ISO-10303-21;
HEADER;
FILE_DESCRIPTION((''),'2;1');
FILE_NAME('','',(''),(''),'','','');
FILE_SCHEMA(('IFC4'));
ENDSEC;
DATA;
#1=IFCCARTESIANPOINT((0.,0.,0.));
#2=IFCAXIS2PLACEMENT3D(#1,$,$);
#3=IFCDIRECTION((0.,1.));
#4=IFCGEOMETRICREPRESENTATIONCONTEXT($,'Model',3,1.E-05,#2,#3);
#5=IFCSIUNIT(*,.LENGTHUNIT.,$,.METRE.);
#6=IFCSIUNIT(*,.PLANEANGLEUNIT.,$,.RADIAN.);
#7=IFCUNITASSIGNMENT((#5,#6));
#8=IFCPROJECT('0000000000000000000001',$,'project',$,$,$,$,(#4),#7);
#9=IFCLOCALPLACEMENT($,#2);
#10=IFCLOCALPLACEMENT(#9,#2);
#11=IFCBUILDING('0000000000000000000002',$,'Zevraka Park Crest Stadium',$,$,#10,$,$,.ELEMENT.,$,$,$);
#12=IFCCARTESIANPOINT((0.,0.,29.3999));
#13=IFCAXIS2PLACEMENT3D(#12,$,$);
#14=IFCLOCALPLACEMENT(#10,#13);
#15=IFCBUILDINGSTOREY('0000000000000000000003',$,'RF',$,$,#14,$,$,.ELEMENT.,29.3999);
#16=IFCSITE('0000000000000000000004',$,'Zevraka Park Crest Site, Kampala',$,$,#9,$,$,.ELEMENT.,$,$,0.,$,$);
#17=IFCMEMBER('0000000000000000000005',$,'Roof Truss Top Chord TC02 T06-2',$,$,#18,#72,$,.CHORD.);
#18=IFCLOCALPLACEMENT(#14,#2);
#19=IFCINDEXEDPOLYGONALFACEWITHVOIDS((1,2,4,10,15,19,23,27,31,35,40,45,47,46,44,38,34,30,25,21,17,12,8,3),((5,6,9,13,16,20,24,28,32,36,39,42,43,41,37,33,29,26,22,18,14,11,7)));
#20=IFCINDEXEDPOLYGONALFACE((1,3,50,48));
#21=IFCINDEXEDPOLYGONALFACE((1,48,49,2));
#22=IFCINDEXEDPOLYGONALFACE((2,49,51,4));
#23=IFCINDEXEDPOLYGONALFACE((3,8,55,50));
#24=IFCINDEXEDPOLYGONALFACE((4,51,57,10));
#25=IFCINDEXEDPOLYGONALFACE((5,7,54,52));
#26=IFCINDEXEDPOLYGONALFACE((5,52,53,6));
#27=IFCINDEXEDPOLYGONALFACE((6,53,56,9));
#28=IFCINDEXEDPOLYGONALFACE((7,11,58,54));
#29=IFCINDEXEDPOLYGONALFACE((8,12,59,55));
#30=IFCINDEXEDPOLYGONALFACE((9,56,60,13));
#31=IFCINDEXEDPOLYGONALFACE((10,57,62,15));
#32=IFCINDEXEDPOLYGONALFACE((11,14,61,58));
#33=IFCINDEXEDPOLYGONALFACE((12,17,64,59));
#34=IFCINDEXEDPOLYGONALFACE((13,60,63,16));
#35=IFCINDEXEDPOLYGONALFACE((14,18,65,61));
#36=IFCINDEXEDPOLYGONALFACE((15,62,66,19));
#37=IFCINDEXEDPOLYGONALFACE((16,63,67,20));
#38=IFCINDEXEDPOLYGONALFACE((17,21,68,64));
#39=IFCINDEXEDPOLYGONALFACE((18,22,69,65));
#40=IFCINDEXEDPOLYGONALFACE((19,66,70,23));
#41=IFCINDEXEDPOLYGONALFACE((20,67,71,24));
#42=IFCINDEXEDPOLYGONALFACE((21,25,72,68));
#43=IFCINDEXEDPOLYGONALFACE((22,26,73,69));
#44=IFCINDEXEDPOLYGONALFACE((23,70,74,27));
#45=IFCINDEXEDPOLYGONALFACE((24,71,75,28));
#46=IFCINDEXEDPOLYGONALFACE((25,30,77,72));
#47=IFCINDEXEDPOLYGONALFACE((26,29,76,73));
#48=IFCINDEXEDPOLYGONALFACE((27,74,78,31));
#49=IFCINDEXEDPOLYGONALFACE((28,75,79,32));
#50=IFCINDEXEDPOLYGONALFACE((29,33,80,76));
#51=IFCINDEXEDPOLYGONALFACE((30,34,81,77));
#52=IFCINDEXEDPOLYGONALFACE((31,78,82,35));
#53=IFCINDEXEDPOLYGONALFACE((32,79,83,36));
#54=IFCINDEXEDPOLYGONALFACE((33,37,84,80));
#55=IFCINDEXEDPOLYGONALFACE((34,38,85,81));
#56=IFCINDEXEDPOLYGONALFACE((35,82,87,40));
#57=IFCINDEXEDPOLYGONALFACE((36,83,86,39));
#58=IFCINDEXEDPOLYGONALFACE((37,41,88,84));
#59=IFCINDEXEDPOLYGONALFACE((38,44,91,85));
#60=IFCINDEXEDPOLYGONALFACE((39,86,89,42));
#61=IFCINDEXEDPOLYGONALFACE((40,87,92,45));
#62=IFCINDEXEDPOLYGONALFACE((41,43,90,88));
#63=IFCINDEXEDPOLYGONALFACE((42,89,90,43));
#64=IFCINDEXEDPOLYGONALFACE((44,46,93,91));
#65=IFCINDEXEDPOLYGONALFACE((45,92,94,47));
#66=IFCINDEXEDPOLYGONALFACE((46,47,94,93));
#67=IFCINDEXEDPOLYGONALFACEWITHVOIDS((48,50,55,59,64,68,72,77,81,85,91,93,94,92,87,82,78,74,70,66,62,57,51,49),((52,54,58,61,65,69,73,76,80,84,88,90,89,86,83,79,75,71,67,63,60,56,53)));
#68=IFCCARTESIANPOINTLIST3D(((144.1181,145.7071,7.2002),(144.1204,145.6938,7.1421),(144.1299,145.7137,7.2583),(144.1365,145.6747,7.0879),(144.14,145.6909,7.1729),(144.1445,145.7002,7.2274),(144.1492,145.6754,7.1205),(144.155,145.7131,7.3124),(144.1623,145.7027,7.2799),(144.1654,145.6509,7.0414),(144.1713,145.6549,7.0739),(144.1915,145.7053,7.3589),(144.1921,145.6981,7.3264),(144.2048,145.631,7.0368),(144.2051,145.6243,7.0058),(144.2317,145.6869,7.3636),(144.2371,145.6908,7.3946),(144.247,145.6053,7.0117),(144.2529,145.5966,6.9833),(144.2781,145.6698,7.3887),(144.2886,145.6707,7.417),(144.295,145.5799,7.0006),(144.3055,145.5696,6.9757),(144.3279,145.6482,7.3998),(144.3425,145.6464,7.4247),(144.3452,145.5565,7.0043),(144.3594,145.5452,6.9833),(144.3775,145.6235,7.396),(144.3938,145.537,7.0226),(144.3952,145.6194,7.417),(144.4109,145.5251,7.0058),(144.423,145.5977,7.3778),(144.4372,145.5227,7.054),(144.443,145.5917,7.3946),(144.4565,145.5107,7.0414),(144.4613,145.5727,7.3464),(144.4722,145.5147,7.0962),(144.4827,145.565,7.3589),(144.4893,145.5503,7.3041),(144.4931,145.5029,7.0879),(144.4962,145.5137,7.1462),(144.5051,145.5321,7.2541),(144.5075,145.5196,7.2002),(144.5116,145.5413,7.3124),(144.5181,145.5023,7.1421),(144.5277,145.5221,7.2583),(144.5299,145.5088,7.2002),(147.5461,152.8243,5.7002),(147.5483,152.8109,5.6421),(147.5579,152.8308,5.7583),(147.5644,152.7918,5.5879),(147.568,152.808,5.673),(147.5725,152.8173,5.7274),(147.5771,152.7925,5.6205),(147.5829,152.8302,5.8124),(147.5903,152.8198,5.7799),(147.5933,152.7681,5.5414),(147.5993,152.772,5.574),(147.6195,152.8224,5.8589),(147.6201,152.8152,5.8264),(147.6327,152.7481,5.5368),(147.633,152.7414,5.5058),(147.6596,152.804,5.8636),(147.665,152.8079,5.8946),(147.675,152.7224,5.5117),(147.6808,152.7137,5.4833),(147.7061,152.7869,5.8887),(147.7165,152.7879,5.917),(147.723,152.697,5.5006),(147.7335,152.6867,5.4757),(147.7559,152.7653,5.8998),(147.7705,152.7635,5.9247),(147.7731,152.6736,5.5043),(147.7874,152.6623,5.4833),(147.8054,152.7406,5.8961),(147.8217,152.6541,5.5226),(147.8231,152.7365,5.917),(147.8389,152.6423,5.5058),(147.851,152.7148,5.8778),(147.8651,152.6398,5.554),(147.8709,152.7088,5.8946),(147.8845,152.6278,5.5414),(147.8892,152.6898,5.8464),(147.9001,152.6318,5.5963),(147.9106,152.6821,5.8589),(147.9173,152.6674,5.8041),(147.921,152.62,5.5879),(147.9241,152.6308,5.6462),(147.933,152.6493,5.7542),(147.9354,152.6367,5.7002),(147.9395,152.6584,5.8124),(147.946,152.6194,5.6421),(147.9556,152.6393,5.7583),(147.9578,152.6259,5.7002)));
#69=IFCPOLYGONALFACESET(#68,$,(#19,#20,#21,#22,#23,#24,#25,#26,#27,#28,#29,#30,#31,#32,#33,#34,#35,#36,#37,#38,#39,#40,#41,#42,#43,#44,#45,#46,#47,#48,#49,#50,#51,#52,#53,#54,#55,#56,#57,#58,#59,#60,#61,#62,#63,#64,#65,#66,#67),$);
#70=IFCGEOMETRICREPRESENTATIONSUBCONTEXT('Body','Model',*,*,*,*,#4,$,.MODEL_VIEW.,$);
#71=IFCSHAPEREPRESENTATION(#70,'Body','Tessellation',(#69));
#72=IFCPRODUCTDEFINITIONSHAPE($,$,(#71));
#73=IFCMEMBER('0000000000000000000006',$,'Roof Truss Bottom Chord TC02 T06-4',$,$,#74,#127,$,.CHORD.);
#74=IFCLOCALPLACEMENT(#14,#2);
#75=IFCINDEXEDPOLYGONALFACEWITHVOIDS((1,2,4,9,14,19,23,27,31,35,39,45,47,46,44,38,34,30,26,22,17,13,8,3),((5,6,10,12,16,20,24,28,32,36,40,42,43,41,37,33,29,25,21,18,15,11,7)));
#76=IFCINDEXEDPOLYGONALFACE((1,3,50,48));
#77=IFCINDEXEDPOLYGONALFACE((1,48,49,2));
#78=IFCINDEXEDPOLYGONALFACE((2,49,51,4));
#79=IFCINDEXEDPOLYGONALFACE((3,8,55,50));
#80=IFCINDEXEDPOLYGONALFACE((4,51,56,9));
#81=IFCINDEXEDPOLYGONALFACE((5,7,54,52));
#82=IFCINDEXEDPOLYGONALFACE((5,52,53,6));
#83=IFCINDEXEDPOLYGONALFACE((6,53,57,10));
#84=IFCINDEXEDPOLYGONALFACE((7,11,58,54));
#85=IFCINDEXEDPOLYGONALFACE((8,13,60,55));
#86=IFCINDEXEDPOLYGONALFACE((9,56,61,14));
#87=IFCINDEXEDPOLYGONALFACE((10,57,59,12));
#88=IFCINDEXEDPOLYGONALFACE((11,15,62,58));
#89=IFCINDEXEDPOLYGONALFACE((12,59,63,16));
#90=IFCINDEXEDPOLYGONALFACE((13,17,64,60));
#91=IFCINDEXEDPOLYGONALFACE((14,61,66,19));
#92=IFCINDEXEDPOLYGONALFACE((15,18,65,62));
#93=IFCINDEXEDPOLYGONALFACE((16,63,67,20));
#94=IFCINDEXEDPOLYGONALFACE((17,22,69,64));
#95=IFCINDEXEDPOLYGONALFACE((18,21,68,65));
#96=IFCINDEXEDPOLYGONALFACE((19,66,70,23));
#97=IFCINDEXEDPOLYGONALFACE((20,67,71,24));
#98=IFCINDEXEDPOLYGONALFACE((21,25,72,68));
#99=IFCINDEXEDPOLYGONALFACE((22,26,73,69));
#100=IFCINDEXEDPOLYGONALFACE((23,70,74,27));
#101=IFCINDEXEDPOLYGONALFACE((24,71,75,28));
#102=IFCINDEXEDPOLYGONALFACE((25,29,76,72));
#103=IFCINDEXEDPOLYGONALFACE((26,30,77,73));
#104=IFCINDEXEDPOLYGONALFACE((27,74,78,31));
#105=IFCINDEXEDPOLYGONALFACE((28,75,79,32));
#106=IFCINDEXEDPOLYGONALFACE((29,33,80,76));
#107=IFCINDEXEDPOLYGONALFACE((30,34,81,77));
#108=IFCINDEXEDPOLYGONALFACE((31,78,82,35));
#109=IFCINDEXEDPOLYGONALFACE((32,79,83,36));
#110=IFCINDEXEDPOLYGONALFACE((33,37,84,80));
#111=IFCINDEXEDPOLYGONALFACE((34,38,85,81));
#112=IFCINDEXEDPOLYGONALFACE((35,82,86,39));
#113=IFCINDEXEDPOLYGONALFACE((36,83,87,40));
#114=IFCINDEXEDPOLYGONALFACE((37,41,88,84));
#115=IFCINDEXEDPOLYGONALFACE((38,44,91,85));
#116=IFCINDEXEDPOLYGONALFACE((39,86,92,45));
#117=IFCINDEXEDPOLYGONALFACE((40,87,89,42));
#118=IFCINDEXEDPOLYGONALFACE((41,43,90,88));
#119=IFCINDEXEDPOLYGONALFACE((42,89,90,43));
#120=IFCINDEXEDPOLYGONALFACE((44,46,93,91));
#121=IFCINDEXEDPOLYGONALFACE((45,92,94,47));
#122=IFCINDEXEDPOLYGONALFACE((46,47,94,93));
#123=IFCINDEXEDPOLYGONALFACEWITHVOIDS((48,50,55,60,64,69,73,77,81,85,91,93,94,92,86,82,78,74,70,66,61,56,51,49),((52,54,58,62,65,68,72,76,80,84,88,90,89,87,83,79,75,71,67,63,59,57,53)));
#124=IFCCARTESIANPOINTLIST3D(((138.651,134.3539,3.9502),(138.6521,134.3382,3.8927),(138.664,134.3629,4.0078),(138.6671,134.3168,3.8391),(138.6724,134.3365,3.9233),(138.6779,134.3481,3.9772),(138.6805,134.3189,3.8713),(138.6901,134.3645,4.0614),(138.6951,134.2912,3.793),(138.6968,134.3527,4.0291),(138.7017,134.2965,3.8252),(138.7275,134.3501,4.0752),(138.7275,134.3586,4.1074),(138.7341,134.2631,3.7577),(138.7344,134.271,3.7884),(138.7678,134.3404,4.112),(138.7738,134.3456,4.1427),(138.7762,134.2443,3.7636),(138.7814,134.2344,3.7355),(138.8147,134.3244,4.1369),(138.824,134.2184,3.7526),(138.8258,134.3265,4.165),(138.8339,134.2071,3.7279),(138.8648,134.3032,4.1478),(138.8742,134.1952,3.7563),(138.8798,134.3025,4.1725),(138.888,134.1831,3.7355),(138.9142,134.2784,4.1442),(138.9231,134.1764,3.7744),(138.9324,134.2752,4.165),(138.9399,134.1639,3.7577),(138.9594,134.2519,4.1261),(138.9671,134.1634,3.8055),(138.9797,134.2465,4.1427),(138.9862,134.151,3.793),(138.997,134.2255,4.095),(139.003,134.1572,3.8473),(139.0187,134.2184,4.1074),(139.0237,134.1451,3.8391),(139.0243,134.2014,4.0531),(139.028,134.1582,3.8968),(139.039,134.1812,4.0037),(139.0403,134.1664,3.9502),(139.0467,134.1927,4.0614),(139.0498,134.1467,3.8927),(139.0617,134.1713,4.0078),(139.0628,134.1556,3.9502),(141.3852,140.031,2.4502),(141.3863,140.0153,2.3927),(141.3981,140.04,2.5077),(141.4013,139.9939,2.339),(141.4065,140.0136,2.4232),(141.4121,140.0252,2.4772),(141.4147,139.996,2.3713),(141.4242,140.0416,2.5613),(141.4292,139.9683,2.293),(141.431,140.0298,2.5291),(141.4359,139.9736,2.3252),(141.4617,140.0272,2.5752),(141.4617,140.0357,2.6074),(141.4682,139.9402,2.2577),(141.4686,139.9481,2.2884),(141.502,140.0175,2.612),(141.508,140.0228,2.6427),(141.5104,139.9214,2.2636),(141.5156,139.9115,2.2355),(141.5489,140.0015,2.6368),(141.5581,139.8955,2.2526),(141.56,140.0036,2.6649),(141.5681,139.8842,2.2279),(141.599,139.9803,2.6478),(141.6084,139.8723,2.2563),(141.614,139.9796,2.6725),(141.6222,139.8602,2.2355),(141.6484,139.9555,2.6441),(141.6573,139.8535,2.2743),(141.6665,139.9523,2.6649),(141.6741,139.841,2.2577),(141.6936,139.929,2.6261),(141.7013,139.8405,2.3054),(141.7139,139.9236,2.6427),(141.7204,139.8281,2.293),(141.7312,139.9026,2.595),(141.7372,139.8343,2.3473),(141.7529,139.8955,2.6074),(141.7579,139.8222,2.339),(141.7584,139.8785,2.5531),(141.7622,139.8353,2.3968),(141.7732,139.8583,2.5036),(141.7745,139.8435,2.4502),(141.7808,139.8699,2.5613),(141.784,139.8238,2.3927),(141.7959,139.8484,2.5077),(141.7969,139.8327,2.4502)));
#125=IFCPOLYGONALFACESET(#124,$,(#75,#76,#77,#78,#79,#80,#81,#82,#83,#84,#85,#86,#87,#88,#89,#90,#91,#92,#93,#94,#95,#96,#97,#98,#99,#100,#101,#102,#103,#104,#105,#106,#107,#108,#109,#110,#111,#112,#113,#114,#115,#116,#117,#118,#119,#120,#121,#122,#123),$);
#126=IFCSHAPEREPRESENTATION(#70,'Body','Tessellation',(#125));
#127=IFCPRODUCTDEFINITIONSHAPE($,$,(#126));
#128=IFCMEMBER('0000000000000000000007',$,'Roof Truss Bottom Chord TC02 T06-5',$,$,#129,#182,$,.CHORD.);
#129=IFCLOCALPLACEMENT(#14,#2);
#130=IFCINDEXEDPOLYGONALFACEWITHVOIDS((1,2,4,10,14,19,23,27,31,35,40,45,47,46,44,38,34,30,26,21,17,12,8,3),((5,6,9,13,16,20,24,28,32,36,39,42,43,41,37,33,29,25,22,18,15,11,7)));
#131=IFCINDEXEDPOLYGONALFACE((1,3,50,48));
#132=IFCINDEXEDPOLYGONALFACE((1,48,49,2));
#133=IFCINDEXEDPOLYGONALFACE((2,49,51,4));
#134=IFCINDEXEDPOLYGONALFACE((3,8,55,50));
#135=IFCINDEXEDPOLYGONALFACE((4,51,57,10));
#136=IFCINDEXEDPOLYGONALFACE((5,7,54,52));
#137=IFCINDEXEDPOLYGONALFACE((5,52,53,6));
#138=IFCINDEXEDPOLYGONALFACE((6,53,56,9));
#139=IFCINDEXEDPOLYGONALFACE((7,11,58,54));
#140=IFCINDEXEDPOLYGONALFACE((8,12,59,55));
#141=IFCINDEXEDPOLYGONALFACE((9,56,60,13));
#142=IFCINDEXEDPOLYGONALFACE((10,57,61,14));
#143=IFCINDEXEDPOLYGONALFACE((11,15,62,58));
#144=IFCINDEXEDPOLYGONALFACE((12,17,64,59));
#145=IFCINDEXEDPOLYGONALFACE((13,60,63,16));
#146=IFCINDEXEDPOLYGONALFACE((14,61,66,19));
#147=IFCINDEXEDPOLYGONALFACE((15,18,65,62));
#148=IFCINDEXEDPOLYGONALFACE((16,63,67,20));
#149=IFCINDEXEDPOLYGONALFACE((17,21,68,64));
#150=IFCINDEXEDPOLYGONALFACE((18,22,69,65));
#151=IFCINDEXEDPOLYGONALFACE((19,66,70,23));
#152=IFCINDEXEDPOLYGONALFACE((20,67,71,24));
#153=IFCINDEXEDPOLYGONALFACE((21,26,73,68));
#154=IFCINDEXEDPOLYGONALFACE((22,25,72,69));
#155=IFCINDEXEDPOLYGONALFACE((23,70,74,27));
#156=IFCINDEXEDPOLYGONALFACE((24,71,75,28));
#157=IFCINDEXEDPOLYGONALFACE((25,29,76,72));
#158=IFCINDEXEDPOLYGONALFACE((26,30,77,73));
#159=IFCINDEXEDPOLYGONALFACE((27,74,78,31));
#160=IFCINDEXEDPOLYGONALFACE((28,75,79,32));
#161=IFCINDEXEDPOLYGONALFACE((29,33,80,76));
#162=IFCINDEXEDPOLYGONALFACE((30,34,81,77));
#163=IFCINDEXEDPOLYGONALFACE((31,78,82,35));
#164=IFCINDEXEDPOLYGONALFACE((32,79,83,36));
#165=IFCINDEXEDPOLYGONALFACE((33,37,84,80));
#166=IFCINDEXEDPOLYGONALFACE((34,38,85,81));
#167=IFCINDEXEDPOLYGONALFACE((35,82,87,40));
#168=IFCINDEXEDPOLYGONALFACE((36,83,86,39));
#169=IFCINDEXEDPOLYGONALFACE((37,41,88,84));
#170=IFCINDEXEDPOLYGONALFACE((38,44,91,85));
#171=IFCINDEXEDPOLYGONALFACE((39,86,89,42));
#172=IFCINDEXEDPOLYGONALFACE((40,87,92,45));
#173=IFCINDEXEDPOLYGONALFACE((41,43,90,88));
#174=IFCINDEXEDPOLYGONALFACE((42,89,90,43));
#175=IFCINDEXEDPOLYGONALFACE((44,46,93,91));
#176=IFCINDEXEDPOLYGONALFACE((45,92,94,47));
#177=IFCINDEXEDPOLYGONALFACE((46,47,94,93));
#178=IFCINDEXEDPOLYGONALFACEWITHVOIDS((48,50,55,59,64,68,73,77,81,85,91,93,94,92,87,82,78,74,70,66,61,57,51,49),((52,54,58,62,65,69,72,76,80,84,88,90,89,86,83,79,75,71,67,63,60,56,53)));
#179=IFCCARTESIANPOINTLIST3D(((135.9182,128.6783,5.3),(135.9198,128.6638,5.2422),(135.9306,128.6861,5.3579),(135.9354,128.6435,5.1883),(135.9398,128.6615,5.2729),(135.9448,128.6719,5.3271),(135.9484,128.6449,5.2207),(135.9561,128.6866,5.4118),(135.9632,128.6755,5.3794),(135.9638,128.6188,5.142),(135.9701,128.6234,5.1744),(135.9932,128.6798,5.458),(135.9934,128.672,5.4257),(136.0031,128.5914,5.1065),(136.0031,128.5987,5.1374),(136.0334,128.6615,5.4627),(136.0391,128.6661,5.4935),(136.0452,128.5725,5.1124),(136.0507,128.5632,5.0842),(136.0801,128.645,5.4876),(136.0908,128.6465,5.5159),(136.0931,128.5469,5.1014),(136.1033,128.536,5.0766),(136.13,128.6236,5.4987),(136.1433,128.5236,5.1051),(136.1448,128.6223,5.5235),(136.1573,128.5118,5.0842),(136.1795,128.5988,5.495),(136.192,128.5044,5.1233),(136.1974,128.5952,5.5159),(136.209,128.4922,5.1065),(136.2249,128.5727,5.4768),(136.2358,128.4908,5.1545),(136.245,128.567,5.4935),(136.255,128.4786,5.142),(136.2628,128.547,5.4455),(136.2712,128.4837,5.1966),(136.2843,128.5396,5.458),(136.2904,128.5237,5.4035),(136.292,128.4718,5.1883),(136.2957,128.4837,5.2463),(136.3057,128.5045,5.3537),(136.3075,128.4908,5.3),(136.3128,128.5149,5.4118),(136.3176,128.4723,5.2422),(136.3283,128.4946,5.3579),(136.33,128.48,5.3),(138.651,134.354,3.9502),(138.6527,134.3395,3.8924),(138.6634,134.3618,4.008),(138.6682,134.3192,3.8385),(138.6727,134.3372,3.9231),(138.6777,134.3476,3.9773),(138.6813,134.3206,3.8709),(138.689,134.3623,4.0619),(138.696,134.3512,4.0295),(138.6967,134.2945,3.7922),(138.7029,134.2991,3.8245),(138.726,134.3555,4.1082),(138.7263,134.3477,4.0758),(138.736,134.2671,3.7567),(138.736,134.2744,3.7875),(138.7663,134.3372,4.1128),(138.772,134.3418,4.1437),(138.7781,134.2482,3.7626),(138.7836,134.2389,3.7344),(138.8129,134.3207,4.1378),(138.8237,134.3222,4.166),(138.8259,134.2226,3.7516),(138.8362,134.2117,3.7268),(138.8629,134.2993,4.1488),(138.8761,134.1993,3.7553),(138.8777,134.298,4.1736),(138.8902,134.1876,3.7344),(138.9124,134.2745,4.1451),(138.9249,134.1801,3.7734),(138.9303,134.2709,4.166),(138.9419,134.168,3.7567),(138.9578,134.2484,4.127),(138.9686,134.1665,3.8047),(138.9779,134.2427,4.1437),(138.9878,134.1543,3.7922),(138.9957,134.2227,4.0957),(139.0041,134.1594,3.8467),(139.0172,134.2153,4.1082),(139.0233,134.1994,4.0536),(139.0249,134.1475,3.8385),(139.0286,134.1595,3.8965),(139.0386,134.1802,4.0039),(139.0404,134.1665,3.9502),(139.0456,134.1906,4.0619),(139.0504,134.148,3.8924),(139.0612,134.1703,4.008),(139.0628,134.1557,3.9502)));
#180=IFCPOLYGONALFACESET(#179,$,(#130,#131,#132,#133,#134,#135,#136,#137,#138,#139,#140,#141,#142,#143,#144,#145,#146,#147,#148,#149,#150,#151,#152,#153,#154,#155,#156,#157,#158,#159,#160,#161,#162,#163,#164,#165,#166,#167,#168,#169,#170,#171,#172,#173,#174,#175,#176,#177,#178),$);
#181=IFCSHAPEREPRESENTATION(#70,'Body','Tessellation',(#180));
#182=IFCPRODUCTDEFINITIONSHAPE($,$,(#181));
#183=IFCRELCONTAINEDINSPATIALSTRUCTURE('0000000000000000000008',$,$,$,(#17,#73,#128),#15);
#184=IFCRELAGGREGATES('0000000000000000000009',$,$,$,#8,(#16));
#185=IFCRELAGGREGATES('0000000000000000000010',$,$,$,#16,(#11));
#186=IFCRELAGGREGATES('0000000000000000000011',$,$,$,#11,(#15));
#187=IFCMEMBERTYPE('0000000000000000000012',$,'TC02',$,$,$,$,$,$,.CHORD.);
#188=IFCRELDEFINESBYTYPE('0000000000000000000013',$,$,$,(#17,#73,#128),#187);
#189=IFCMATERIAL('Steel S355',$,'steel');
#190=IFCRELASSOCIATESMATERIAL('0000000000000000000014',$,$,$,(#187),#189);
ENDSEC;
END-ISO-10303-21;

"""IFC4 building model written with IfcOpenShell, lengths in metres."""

from ifc_helpers import new_model, si_unit, direction, frame, origin, origin_2d, place, context, subcontext, project, spatial, hollow_circle, extrude, material, material_profile, profile_set, type_object, element, save


model = new_model("IFC4")

# Units and contexts
model_context = context("Model", 3, precision=1e-05, world=origin(), true_north=direction((0.0, 1.0)))
body_context = subcontext(model_context, "Body", "Model", "MODEL_VIEW")
ifc_project = project(units=[si_unit("LENGTHUNIT", "METRE"), si_unit("PLANEANGLEUNIT", "RADIAN")], contexts=[model_context])

# Site, building, storey
site_placement = place(None, origin())
site = spatial("IfcSite", under=ifc_project, at=site_placement, Name="Zevraka Park Crest Site, Kampala", CompositionType="ELEMENT", RefElevation=0.0)
building_placement = place(site_placement, origin())
building = spatial("IfcBuilding", under=site, at=building_placement, Name="Zevraka Park Crest Stadium", CompositionType="ELEMENT")
storey_placement = place(building_placement, frame((0.0, 0.0, 29.3999)))
storey = spatial("IfcBuildingStorey", under=building, at=storey_placement, Name="RF", CompositionType="ELEMENT", Elevation=29.3999)

# Members
ifc_material_1 = material(Name="Steel S355", Category="steel")
ifc_material_profile_1 = material_profile(ifc_material_1, hollow_circle(Radius=0.2285, WallThickness=0.0249, at=origin_2d()), Name="CHS 457.0x25")
ifc_profile_set_1 = profile_set([ifc_material_profile_1], Name="Steel S355")
member_type_1 = type_object("IfcMemberType", Name="TC02", PredefinedType="CHORD", material=ifc_profile_set_1)
member_1_placement = place(storey_placement, frame((147.752, 152.7251, 5.7002), z_axis=(-0.42632, -0.885128, 0.186547), x_axis=(0.900943, -0.433937, 0.0)))
element("IfcMember", 1, at=member_1_placement, inside=storey, type_object=member_type_1, Name="Roof Truss Top Chord TC02 T06-2", PredefinedType="CHORD", context=body_context, shape_type="SweptSolid", body=[
    extrude(hollow_circle(Radius=0.2285, WallThickness=0.0249, at=origin_2d()), origin(), (0.0, 0.0, 1.0), 8.0408),
])
member_2_placement = place(storey_placement, frame((141.5911, 139.9319, 2.4502), z_axis=(-0.422118, -0.876462, 0.231582), x_axis=(0.900955, -0.433913, 0.0)))
element("IfcMember", 2, at=member_2_placement, inside=storey, type_object=member_type_1, Name="Roof Truss Bottom Chord TC02 T06-4", PredefinedType="CHORD", context=body_context, shape_type="SweptSolid", body=[
    extrude(hollow_circle(Radius=0.2285, WallThickness=0.0249, at=origin_2d()), origin(), (0.0, 0.0, 1.0), 6.4773),
])
member_3_placement = place(storey_placement, frame((138.8569, 134.2549, 3.9502), z_axis=(-0.424202, -0.880995, 0.209524), x_axis=(0.900994, -0.433832, 0.0)))
element("IfcMember", 3, at=member_3_placement, inside=storey, type_object=member_type_1, Name="Roof Truss Bottom Chord TC02 T06-5", PredefinedType="CHORD", context=body_context, shape_type="SweptSolid", body=[
    extrude(hollow_circle(Radius=0.2285, WallThickness=0.0249, at=origin_2d()), origin(), (0.0, 0.0, 1.0), 6.4424),
])

save(model, "model.ifc")
